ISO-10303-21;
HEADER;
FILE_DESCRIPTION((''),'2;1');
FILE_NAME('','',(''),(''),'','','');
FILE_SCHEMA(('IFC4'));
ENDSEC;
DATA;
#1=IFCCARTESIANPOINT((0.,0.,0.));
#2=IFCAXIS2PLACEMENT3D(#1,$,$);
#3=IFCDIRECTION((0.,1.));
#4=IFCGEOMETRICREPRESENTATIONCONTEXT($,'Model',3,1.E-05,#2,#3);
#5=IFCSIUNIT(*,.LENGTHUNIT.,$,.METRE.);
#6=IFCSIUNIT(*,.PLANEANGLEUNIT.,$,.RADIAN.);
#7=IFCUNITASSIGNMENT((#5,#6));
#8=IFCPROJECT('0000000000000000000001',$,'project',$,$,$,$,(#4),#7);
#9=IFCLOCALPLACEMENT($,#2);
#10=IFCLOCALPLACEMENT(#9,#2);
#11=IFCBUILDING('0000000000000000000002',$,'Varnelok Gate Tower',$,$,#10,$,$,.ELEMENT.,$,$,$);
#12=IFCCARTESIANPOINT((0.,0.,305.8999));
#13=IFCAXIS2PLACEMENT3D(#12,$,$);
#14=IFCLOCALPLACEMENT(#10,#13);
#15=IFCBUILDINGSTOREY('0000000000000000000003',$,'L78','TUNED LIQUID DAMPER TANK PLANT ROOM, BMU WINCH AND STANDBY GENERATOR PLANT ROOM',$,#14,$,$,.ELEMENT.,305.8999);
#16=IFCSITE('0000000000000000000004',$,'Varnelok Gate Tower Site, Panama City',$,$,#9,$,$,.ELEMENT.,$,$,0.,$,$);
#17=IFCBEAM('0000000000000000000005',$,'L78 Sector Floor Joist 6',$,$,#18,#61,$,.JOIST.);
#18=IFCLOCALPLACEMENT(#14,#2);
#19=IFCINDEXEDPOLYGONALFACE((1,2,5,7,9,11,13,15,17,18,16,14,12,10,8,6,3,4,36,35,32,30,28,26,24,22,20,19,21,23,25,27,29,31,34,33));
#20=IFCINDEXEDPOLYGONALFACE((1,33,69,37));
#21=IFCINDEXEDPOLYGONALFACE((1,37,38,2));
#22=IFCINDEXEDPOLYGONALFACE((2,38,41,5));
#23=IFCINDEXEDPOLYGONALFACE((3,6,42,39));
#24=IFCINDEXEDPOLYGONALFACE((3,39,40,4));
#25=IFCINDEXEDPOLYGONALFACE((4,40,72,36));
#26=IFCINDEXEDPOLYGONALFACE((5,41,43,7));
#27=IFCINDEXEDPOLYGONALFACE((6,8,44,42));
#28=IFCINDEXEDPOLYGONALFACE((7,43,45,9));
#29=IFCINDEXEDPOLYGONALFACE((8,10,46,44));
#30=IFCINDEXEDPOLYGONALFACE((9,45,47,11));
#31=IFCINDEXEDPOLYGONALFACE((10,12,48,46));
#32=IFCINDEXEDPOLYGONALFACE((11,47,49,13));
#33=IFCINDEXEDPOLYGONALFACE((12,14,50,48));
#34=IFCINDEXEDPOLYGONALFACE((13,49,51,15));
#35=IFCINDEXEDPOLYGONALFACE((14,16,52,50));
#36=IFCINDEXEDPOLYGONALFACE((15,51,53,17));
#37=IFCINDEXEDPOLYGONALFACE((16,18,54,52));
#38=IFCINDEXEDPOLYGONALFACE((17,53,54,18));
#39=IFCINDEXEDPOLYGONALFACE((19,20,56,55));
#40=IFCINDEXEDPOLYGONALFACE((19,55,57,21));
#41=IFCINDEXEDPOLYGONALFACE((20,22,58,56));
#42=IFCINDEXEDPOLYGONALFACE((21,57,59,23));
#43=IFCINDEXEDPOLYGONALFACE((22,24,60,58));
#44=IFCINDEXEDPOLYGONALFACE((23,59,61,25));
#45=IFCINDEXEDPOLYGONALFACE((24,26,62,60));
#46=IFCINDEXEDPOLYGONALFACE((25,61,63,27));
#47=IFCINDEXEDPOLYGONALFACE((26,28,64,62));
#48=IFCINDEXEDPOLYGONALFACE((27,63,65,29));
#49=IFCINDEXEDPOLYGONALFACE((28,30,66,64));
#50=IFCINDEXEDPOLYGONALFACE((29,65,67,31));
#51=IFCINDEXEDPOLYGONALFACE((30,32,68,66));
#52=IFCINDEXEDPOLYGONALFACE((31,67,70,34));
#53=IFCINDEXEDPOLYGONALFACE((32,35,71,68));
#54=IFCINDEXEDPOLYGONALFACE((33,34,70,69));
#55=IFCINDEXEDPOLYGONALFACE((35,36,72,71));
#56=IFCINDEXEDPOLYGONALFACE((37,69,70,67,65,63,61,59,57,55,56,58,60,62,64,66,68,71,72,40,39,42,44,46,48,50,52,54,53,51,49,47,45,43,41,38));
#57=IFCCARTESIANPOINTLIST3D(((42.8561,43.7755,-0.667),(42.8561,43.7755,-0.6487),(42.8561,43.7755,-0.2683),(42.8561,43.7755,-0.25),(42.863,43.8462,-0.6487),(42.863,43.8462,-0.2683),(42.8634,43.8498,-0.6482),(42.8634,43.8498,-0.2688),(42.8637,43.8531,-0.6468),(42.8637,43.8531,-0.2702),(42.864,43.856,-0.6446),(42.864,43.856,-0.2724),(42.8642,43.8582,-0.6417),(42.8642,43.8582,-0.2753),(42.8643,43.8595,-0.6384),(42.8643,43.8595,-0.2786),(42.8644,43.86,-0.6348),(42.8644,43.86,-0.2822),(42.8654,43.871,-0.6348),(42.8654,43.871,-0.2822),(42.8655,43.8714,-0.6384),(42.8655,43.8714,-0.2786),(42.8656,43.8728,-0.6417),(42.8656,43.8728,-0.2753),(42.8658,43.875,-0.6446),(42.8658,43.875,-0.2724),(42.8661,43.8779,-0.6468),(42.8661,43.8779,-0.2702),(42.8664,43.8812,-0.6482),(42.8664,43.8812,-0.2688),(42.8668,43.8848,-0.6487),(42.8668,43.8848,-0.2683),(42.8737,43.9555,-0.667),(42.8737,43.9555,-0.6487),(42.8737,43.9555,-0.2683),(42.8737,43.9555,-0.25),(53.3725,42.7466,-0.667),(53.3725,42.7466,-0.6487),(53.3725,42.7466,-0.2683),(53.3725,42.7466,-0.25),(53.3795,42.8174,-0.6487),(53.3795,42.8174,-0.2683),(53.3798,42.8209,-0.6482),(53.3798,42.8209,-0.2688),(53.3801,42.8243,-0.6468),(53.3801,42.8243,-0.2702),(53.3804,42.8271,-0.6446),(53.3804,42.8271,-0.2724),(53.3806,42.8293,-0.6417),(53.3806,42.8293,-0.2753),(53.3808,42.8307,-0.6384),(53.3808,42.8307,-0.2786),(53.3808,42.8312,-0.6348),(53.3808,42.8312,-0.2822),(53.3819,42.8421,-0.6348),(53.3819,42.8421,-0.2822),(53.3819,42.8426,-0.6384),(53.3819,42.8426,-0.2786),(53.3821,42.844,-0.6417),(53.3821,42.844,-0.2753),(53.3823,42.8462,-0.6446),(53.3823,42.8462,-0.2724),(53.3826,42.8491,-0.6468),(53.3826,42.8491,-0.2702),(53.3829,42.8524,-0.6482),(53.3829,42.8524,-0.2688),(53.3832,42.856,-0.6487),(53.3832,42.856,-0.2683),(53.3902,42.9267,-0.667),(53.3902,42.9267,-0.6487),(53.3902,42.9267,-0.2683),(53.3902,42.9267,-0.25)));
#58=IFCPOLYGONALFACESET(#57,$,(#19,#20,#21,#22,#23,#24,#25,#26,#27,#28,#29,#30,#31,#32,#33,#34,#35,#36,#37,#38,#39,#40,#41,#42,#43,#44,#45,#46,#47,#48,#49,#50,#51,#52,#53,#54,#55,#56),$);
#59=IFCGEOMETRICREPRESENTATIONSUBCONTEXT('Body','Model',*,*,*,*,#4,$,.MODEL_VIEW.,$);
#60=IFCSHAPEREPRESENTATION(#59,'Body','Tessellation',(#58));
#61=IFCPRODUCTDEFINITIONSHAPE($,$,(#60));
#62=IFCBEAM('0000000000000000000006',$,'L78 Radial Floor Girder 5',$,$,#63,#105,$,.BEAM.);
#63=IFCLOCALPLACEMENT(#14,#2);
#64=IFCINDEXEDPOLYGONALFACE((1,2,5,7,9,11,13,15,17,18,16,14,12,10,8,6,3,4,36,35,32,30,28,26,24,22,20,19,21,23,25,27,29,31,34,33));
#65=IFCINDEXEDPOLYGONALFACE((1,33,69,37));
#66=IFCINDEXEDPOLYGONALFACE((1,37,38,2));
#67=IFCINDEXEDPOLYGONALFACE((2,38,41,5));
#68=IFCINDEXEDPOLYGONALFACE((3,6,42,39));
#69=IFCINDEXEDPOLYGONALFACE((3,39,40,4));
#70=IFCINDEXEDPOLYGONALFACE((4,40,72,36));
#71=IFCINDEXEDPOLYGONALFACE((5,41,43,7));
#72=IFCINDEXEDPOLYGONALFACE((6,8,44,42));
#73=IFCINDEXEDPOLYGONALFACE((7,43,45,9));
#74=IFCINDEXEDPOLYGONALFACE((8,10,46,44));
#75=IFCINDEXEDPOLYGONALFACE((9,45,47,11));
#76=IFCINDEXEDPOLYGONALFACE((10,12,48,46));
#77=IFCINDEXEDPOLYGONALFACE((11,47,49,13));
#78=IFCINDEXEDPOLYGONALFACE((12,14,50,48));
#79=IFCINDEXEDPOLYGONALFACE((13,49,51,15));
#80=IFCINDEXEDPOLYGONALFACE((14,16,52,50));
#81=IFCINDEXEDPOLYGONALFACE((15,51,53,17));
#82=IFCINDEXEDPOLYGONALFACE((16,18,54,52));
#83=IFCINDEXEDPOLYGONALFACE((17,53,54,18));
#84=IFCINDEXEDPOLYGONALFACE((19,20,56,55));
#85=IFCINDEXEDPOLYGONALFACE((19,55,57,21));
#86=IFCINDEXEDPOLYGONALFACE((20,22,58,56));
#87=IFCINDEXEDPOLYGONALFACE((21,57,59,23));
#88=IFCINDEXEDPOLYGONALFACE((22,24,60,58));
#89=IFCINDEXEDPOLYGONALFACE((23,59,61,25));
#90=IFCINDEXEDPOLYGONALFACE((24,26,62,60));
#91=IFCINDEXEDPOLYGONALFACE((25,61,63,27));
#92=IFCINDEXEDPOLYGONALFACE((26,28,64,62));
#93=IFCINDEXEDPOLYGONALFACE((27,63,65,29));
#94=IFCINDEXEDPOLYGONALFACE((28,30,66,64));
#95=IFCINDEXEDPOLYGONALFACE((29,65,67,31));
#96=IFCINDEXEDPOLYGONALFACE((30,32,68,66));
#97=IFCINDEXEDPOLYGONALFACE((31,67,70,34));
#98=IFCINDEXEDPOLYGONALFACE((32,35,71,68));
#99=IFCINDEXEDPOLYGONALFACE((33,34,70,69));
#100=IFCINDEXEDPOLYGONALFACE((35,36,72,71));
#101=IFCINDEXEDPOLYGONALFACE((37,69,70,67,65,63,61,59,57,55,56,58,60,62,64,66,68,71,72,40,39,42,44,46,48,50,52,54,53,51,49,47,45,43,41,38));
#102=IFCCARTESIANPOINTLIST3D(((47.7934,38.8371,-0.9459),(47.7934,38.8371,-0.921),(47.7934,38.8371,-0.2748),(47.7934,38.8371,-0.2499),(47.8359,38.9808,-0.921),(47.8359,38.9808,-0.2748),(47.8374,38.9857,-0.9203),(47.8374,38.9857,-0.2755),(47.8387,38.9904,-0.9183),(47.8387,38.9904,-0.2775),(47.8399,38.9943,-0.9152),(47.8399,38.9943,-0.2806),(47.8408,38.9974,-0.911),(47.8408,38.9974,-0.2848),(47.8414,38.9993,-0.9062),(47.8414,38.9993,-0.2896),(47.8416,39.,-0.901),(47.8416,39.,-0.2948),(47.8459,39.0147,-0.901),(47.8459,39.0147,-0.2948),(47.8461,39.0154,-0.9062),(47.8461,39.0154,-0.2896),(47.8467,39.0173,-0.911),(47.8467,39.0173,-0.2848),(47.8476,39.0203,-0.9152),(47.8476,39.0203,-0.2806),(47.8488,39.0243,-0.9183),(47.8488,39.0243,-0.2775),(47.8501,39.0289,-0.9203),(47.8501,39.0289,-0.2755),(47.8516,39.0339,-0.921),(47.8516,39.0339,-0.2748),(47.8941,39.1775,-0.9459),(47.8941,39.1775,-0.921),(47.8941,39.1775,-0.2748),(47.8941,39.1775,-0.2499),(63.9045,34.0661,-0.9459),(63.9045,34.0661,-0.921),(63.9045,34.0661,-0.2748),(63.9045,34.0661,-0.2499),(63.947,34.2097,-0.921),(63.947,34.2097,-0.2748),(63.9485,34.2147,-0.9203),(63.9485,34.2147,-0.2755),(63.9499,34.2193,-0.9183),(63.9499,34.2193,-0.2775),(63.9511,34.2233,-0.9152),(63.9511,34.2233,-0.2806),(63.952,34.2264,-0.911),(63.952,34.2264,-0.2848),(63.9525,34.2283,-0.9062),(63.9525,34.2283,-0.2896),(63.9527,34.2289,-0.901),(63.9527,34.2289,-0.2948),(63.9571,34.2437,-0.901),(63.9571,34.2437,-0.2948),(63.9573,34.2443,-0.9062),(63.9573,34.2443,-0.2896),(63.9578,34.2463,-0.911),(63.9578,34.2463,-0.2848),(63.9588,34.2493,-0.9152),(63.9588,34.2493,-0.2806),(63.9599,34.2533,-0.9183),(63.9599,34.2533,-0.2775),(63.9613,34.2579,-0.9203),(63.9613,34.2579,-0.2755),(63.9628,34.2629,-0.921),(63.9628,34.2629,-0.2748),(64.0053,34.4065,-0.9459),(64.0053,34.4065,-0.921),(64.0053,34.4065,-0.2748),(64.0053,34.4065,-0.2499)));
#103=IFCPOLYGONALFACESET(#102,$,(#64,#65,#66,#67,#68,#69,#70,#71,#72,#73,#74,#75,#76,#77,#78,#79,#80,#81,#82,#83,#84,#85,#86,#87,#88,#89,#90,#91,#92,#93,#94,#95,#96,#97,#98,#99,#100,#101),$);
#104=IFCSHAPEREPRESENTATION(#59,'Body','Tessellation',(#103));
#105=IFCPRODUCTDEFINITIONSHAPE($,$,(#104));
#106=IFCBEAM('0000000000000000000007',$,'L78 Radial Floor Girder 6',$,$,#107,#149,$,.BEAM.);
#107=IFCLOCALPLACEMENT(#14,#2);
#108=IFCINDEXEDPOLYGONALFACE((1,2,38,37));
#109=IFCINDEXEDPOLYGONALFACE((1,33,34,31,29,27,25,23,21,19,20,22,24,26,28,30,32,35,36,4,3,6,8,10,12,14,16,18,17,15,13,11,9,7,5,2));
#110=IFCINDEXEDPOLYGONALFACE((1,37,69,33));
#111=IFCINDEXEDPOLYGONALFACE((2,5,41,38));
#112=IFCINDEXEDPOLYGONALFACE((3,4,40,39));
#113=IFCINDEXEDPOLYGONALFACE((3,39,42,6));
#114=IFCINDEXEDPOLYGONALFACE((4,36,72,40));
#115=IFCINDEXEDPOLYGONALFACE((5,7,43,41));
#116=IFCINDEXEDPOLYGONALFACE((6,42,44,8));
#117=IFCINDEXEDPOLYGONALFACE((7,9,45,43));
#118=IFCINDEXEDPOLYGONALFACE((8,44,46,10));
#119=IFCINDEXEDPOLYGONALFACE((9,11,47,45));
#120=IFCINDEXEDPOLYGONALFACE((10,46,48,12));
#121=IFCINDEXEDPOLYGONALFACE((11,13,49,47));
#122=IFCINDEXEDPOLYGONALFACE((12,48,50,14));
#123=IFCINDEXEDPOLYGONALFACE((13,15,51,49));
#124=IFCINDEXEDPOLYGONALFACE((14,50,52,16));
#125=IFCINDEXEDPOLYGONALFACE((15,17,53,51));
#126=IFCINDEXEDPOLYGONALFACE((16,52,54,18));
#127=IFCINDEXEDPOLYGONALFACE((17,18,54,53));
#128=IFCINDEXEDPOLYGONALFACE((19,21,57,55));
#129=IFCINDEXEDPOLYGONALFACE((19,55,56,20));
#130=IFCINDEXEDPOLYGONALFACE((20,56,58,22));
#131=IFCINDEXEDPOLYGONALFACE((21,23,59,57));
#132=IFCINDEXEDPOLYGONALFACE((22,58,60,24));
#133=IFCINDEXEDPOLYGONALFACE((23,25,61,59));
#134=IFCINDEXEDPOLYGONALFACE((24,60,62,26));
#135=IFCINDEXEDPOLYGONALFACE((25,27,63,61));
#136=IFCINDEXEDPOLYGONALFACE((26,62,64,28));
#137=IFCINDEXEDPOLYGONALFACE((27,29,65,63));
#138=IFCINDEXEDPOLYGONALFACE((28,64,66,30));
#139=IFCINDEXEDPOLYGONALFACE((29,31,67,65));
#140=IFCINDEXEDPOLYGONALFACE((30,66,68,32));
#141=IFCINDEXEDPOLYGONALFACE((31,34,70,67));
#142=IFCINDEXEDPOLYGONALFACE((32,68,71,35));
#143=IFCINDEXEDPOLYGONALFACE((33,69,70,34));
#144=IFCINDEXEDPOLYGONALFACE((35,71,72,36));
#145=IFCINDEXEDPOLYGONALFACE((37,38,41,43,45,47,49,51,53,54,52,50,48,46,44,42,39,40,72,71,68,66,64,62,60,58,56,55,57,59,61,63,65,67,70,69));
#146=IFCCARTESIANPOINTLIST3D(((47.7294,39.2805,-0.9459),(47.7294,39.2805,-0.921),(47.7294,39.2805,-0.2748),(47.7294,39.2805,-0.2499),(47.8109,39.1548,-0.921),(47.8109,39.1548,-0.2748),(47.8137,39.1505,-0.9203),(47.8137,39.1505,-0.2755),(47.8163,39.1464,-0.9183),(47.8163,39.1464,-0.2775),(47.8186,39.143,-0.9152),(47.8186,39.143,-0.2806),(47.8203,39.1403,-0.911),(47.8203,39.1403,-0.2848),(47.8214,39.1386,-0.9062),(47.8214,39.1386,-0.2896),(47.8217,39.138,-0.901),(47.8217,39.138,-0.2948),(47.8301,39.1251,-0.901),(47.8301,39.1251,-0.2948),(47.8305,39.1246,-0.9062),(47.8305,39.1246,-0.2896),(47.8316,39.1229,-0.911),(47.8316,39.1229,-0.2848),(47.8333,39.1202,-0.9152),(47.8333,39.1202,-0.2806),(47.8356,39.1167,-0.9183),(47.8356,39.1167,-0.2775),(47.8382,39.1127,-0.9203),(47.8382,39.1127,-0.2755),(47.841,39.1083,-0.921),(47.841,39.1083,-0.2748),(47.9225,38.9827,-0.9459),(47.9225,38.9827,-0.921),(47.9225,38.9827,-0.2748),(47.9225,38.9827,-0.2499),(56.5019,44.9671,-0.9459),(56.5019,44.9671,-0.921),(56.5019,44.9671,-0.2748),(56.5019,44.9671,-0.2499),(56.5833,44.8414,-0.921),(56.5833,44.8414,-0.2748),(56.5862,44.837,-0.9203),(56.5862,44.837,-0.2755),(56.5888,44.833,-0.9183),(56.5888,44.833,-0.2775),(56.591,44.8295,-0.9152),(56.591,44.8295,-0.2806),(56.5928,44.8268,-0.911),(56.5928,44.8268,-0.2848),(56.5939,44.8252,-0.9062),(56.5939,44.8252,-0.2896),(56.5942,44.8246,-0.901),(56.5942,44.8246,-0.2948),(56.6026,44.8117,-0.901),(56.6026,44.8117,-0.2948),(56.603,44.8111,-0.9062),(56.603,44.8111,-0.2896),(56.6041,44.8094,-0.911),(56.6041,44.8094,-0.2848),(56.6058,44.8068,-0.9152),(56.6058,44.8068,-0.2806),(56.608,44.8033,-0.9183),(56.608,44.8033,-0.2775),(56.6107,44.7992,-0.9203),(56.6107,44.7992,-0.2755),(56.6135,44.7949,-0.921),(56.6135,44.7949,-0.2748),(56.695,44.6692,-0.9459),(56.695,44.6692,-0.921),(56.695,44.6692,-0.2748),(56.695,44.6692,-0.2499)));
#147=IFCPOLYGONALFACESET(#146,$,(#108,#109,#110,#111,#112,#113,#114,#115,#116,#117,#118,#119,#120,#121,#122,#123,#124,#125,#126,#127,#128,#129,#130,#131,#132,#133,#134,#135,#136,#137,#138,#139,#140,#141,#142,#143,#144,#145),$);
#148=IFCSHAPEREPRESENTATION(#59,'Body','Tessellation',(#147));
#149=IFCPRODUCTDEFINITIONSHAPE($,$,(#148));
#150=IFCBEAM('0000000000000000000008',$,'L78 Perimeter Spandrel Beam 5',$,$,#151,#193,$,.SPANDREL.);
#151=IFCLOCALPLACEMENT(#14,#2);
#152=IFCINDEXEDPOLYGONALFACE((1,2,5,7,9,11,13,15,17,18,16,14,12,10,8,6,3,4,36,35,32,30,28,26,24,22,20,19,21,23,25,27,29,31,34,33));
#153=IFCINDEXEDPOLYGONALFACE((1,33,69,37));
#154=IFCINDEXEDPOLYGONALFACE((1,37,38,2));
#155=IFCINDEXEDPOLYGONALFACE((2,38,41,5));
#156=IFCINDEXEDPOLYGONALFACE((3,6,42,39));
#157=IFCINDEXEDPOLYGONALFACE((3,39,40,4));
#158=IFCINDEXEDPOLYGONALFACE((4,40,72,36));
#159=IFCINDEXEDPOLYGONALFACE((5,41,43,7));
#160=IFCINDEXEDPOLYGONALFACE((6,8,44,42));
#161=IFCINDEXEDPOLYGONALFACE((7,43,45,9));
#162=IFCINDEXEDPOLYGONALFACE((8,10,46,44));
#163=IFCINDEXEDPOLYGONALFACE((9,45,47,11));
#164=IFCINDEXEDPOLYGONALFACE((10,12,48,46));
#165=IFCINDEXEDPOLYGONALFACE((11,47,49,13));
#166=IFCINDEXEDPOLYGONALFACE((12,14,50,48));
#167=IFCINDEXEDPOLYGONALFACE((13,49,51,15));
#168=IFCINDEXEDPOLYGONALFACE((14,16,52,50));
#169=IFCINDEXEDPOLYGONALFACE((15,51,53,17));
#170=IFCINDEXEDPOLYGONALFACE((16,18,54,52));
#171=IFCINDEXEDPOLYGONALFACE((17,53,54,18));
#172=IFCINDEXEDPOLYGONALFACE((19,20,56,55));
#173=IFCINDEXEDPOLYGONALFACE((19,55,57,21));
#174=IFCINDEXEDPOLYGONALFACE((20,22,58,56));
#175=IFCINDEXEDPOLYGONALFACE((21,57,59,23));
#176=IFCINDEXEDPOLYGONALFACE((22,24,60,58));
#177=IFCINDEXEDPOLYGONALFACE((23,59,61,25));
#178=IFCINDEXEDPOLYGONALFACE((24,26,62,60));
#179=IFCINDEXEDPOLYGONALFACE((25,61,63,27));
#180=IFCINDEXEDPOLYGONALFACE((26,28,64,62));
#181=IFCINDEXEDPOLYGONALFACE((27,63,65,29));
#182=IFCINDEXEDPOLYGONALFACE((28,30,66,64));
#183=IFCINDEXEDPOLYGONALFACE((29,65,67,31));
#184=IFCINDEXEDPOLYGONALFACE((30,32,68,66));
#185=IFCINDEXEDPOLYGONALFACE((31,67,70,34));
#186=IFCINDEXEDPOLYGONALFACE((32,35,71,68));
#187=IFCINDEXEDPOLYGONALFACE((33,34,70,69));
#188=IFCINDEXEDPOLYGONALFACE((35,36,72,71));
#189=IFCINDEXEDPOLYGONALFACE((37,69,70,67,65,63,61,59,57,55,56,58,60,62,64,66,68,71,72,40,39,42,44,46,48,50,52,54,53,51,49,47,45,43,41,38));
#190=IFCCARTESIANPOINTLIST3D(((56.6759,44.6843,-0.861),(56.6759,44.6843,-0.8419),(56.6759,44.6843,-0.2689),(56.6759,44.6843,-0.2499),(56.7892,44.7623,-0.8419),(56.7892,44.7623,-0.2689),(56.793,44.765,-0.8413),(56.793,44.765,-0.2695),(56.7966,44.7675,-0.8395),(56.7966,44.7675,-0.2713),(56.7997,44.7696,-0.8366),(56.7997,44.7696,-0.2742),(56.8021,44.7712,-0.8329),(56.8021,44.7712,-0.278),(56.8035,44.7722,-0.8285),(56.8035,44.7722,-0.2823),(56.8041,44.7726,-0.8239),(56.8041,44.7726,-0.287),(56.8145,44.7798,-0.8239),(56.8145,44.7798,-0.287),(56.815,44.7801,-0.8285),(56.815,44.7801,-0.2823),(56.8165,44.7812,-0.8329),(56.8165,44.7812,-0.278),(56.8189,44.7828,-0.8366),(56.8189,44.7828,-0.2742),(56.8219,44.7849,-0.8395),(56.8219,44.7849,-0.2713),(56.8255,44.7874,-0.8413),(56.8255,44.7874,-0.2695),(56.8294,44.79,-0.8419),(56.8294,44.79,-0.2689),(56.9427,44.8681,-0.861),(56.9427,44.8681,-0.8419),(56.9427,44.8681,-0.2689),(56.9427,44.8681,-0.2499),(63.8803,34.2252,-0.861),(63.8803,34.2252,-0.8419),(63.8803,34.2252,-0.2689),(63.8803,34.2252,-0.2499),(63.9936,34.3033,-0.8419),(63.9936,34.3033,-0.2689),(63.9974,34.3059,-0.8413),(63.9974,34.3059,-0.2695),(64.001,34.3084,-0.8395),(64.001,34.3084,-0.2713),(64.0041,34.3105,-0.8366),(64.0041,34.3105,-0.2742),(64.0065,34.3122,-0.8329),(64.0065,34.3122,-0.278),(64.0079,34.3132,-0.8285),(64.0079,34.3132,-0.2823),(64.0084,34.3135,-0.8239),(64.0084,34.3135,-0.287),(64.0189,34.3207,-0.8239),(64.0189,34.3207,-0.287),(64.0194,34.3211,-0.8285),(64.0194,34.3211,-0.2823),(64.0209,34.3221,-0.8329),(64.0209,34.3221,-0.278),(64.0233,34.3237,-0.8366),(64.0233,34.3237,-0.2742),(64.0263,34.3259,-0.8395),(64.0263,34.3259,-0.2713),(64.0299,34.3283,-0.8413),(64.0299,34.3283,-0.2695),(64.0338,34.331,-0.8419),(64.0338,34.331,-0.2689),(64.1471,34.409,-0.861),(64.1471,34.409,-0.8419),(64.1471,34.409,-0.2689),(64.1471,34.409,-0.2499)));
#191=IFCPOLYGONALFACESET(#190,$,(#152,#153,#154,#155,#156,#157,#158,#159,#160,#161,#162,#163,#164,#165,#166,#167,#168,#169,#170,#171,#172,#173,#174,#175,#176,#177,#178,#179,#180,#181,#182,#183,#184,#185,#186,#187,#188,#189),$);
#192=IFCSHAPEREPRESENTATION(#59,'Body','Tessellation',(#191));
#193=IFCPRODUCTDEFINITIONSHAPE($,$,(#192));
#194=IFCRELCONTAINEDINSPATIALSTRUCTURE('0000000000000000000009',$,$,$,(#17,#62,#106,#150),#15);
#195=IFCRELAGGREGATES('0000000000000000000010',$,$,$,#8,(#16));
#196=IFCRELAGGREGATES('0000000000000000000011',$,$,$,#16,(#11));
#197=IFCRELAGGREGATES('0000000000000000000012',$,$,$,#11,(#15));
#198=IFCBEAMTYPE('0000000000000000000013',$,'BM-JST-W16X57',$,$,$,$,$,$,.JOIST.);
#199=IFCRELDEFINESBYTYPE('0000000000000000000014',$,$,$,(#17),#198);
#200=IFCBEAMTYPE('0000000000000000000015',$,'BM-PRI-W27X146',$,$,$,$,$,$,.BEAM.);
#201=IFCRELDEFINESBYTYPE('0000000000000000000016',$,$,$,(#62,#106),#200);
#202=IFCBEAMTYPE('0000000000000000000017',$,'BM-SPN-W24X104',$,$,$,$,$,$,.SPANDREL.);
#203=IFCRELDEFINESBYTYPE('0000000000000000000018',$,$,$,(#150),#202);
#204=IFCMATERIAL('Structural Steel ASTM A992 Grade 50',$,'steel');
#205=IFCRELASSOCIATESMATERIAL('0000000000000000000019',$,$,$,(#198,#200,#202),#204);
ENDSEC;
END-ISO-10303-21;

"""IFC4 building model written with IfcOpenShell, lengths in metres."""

from ifc_helpers import new_model, si_unit, direction, frame, origin, origin_2d, place, context, subcontext, project, spatial, i_section, extrude, material, material_profile, profile_set, type_object, element, save


model = new_model("IFC4")

# Units and contexts
model_context = context("Model", 3, precision=1e-05, world=origin(), true_north=direction((0.0, 1.0)))
body_context = subcontext(model_context, "Body", "Model", "MODEL_VIEW")
ifc_project = project(units=[si_unit("LENGTHUNIT", "METRE"), si_unit("PLANEANGLEUNIT", "RADIAN")], contexts=[model_context])

# Site, building, storey
site_placement = place(None, origin())
site = spatial("IfcSite", under=ifc_project, at=site_placement, Name="Varnelok Gate Tower Site, Panama City", CompositionType="ELEMENT", RefElevation=0.0)
building_placement = place(site_placement, origin())
building = spatial("IfcBuilding", under=site, at=building_placement, Name="Varnelok Gate Tower", CompositionType="ELEMENT")
storey_placement = place(building_placement, frame((0.0, 0.0, 305.8999)))
storey = spatial("IfcBuildingStorey", under=building, at=storey_placement, Name="L78", Description="TUNED LIQUID DAMPER TANK PLANT ROOM, BMU WINCH AND STANDBY GENERATOR PLANT ROOM", CompositionType="ELEMENT", Elevation=305.8999)

# Shared definitions
ifc_material_1 = material(Name="Structural Steel ASTM A992 Grade 50", Category="steel")

# Beams
ifc_material_profile_1 = material_profile(ifc_material_1, i_section(OverallWidth=0.1809, OverallDepth=0.417, WebThickness=0.011, FlangeThickness=0.0183, FilletRadius=0.0139, at=origin_2d()), Name="W16X57")
ifc_profile_set_1 = profile_set([ifc_material_profile_1], Name="Structural Steel ASTM A992 Grade 50")
beam_type_1 = type_object("IfcBeamType", Name="BM-JST-W16X57", PredefinedType="JOIST", material=ifc_profile_set_1)
beam_1_placement = place(storey_placement, frame((53.3813, 42.8367, -0.4585), z_axis=(-0.995249, 0.097365, 0.0), x_axis=(-0.097365, -0.995249, 0.0)))
element("IfcBeam", 1, at=beam_1_placement, inside=storey, type_object=beam_type_1, Name="L78 Sector Floor Joist 6", PredefinedType="JOIST", context=body_context, shape_type="SweptSolid", body=[
    extrude(i_section(OverallWidth=0.1809, OverallDepth=0.417, WebThickness=0.011, FlangeThickness=0.0183, FilletRadius=0.0139, at=origin_2d()), origin(), (0.0, 0.0, 1.0), 10.5667),
])
ifc_material_profile_2 = material_profile(ifc_material_1, i_section(OverallWidth=0.355, OverallDepth=0.696, WebThickness=0.0154, FlangeThickness=0.0249, FilletRadius=0.02, at=origin_2d()), Name="W27X146")
ifc_profile_set_2 = profile_set([ifc_material_profile_2], Name="Structural Steel ASTM A992 Grade 50")
beam_type_2 = type_object("IfcBeamType", Name="BM-PRI-W27X146", PredefinedType="BEAM", material=ifc_profile_set_2)
beam_2_placement = place(storey_placement, frame((47.8438, 39.0073, -0.5979), z_axis=(0.958841, -0.283943, 0.0), x_axis=(0.283943, 0.958841, 0.0)))
element("IfcBeam", 2, at=beam_2_placement, inside=storey, type_object=beam_type_2, Name="L78 Radial Floor Girder 5", PredefinedType="BEAM", context=body_context, shape_type="SweptSolid", body=[
    extrude(i_section(OverallWidth=0.355, OverallDepth=0.696, WebThickness=0.0154, FlangeThickness=0.0249, FilletRadius=0.02, at=origin_2d()), origin(), (0.0, 0.0, 1.0), 16.8027),
])
beam_3_placement = place(storey_placement, frame((47.8259, 39.1316, -0.5979), z_axis=(0.839124, 0.543941, 0.0), x_axis=(-0.543941, 0.839124, 0.0)))
element("IfcBeam", 3, at=beam_3_placement, inside=storey, type_object=beam_type_2, Name="L78 Radial Floor Girder 6", PredefinedType="BEAM", context=body_context, shape_type="SweptSolid", body=[
    extrude(i_section(OverallWidth=0.355, OverallDepth=0.696, WebThickness=0.0154, FlangeThickness=0.0249, FilletRadius=0.02, at=origin_2d()), origin(), (0.0, 0.0, 1.0), 10.4543),
])
ifc_material_profile_3 = material_profile(ifc_material_1, i_section(OverallWidth=0.324, OverallDepth=0.6111, WebThickness=0.0127, FlangeThickness=0.019, FilletRadius=0.0181, at=origin_2d()), Name="W24X104")
ifc_profile_set_3 = profile_set([ifc_material_profile_3], Name="Structural Steel ASTM A992 Grade 50")
beam_type_3 = type_object("IfcBeamType", Name="BM-SPN-W24X104", PredefinedType="SPANDREL", material=ifc_profile_set_3)
beam_4_placement = place(storey_placement, frame((64.0137, 34.3171, -0.5554), z_axis=(-0.567266, 0.823535, 0.0), x_axis=(-0.823535, -0.567266, 0.0)))
element("IfcBeam", 4, at=beam_4_placement, inside=storey, type_object=beam_type_3, Name="L78 Perimeter Spandrel Beam 5", PredefinedType="SPANDREL", context=body_context, shape_type="SweptSolid", body=[
    extrude(i_section(OverallWidth=0.324, OverallDepth=0.6111, WebThickness=0.0127, FlangeThickness=0.019, FilletRadius=0.0181, at=origin_2d()), origin(), (0.0, 0.0, 1.0), 12.7002),
])

save(model, "model.ifc")
